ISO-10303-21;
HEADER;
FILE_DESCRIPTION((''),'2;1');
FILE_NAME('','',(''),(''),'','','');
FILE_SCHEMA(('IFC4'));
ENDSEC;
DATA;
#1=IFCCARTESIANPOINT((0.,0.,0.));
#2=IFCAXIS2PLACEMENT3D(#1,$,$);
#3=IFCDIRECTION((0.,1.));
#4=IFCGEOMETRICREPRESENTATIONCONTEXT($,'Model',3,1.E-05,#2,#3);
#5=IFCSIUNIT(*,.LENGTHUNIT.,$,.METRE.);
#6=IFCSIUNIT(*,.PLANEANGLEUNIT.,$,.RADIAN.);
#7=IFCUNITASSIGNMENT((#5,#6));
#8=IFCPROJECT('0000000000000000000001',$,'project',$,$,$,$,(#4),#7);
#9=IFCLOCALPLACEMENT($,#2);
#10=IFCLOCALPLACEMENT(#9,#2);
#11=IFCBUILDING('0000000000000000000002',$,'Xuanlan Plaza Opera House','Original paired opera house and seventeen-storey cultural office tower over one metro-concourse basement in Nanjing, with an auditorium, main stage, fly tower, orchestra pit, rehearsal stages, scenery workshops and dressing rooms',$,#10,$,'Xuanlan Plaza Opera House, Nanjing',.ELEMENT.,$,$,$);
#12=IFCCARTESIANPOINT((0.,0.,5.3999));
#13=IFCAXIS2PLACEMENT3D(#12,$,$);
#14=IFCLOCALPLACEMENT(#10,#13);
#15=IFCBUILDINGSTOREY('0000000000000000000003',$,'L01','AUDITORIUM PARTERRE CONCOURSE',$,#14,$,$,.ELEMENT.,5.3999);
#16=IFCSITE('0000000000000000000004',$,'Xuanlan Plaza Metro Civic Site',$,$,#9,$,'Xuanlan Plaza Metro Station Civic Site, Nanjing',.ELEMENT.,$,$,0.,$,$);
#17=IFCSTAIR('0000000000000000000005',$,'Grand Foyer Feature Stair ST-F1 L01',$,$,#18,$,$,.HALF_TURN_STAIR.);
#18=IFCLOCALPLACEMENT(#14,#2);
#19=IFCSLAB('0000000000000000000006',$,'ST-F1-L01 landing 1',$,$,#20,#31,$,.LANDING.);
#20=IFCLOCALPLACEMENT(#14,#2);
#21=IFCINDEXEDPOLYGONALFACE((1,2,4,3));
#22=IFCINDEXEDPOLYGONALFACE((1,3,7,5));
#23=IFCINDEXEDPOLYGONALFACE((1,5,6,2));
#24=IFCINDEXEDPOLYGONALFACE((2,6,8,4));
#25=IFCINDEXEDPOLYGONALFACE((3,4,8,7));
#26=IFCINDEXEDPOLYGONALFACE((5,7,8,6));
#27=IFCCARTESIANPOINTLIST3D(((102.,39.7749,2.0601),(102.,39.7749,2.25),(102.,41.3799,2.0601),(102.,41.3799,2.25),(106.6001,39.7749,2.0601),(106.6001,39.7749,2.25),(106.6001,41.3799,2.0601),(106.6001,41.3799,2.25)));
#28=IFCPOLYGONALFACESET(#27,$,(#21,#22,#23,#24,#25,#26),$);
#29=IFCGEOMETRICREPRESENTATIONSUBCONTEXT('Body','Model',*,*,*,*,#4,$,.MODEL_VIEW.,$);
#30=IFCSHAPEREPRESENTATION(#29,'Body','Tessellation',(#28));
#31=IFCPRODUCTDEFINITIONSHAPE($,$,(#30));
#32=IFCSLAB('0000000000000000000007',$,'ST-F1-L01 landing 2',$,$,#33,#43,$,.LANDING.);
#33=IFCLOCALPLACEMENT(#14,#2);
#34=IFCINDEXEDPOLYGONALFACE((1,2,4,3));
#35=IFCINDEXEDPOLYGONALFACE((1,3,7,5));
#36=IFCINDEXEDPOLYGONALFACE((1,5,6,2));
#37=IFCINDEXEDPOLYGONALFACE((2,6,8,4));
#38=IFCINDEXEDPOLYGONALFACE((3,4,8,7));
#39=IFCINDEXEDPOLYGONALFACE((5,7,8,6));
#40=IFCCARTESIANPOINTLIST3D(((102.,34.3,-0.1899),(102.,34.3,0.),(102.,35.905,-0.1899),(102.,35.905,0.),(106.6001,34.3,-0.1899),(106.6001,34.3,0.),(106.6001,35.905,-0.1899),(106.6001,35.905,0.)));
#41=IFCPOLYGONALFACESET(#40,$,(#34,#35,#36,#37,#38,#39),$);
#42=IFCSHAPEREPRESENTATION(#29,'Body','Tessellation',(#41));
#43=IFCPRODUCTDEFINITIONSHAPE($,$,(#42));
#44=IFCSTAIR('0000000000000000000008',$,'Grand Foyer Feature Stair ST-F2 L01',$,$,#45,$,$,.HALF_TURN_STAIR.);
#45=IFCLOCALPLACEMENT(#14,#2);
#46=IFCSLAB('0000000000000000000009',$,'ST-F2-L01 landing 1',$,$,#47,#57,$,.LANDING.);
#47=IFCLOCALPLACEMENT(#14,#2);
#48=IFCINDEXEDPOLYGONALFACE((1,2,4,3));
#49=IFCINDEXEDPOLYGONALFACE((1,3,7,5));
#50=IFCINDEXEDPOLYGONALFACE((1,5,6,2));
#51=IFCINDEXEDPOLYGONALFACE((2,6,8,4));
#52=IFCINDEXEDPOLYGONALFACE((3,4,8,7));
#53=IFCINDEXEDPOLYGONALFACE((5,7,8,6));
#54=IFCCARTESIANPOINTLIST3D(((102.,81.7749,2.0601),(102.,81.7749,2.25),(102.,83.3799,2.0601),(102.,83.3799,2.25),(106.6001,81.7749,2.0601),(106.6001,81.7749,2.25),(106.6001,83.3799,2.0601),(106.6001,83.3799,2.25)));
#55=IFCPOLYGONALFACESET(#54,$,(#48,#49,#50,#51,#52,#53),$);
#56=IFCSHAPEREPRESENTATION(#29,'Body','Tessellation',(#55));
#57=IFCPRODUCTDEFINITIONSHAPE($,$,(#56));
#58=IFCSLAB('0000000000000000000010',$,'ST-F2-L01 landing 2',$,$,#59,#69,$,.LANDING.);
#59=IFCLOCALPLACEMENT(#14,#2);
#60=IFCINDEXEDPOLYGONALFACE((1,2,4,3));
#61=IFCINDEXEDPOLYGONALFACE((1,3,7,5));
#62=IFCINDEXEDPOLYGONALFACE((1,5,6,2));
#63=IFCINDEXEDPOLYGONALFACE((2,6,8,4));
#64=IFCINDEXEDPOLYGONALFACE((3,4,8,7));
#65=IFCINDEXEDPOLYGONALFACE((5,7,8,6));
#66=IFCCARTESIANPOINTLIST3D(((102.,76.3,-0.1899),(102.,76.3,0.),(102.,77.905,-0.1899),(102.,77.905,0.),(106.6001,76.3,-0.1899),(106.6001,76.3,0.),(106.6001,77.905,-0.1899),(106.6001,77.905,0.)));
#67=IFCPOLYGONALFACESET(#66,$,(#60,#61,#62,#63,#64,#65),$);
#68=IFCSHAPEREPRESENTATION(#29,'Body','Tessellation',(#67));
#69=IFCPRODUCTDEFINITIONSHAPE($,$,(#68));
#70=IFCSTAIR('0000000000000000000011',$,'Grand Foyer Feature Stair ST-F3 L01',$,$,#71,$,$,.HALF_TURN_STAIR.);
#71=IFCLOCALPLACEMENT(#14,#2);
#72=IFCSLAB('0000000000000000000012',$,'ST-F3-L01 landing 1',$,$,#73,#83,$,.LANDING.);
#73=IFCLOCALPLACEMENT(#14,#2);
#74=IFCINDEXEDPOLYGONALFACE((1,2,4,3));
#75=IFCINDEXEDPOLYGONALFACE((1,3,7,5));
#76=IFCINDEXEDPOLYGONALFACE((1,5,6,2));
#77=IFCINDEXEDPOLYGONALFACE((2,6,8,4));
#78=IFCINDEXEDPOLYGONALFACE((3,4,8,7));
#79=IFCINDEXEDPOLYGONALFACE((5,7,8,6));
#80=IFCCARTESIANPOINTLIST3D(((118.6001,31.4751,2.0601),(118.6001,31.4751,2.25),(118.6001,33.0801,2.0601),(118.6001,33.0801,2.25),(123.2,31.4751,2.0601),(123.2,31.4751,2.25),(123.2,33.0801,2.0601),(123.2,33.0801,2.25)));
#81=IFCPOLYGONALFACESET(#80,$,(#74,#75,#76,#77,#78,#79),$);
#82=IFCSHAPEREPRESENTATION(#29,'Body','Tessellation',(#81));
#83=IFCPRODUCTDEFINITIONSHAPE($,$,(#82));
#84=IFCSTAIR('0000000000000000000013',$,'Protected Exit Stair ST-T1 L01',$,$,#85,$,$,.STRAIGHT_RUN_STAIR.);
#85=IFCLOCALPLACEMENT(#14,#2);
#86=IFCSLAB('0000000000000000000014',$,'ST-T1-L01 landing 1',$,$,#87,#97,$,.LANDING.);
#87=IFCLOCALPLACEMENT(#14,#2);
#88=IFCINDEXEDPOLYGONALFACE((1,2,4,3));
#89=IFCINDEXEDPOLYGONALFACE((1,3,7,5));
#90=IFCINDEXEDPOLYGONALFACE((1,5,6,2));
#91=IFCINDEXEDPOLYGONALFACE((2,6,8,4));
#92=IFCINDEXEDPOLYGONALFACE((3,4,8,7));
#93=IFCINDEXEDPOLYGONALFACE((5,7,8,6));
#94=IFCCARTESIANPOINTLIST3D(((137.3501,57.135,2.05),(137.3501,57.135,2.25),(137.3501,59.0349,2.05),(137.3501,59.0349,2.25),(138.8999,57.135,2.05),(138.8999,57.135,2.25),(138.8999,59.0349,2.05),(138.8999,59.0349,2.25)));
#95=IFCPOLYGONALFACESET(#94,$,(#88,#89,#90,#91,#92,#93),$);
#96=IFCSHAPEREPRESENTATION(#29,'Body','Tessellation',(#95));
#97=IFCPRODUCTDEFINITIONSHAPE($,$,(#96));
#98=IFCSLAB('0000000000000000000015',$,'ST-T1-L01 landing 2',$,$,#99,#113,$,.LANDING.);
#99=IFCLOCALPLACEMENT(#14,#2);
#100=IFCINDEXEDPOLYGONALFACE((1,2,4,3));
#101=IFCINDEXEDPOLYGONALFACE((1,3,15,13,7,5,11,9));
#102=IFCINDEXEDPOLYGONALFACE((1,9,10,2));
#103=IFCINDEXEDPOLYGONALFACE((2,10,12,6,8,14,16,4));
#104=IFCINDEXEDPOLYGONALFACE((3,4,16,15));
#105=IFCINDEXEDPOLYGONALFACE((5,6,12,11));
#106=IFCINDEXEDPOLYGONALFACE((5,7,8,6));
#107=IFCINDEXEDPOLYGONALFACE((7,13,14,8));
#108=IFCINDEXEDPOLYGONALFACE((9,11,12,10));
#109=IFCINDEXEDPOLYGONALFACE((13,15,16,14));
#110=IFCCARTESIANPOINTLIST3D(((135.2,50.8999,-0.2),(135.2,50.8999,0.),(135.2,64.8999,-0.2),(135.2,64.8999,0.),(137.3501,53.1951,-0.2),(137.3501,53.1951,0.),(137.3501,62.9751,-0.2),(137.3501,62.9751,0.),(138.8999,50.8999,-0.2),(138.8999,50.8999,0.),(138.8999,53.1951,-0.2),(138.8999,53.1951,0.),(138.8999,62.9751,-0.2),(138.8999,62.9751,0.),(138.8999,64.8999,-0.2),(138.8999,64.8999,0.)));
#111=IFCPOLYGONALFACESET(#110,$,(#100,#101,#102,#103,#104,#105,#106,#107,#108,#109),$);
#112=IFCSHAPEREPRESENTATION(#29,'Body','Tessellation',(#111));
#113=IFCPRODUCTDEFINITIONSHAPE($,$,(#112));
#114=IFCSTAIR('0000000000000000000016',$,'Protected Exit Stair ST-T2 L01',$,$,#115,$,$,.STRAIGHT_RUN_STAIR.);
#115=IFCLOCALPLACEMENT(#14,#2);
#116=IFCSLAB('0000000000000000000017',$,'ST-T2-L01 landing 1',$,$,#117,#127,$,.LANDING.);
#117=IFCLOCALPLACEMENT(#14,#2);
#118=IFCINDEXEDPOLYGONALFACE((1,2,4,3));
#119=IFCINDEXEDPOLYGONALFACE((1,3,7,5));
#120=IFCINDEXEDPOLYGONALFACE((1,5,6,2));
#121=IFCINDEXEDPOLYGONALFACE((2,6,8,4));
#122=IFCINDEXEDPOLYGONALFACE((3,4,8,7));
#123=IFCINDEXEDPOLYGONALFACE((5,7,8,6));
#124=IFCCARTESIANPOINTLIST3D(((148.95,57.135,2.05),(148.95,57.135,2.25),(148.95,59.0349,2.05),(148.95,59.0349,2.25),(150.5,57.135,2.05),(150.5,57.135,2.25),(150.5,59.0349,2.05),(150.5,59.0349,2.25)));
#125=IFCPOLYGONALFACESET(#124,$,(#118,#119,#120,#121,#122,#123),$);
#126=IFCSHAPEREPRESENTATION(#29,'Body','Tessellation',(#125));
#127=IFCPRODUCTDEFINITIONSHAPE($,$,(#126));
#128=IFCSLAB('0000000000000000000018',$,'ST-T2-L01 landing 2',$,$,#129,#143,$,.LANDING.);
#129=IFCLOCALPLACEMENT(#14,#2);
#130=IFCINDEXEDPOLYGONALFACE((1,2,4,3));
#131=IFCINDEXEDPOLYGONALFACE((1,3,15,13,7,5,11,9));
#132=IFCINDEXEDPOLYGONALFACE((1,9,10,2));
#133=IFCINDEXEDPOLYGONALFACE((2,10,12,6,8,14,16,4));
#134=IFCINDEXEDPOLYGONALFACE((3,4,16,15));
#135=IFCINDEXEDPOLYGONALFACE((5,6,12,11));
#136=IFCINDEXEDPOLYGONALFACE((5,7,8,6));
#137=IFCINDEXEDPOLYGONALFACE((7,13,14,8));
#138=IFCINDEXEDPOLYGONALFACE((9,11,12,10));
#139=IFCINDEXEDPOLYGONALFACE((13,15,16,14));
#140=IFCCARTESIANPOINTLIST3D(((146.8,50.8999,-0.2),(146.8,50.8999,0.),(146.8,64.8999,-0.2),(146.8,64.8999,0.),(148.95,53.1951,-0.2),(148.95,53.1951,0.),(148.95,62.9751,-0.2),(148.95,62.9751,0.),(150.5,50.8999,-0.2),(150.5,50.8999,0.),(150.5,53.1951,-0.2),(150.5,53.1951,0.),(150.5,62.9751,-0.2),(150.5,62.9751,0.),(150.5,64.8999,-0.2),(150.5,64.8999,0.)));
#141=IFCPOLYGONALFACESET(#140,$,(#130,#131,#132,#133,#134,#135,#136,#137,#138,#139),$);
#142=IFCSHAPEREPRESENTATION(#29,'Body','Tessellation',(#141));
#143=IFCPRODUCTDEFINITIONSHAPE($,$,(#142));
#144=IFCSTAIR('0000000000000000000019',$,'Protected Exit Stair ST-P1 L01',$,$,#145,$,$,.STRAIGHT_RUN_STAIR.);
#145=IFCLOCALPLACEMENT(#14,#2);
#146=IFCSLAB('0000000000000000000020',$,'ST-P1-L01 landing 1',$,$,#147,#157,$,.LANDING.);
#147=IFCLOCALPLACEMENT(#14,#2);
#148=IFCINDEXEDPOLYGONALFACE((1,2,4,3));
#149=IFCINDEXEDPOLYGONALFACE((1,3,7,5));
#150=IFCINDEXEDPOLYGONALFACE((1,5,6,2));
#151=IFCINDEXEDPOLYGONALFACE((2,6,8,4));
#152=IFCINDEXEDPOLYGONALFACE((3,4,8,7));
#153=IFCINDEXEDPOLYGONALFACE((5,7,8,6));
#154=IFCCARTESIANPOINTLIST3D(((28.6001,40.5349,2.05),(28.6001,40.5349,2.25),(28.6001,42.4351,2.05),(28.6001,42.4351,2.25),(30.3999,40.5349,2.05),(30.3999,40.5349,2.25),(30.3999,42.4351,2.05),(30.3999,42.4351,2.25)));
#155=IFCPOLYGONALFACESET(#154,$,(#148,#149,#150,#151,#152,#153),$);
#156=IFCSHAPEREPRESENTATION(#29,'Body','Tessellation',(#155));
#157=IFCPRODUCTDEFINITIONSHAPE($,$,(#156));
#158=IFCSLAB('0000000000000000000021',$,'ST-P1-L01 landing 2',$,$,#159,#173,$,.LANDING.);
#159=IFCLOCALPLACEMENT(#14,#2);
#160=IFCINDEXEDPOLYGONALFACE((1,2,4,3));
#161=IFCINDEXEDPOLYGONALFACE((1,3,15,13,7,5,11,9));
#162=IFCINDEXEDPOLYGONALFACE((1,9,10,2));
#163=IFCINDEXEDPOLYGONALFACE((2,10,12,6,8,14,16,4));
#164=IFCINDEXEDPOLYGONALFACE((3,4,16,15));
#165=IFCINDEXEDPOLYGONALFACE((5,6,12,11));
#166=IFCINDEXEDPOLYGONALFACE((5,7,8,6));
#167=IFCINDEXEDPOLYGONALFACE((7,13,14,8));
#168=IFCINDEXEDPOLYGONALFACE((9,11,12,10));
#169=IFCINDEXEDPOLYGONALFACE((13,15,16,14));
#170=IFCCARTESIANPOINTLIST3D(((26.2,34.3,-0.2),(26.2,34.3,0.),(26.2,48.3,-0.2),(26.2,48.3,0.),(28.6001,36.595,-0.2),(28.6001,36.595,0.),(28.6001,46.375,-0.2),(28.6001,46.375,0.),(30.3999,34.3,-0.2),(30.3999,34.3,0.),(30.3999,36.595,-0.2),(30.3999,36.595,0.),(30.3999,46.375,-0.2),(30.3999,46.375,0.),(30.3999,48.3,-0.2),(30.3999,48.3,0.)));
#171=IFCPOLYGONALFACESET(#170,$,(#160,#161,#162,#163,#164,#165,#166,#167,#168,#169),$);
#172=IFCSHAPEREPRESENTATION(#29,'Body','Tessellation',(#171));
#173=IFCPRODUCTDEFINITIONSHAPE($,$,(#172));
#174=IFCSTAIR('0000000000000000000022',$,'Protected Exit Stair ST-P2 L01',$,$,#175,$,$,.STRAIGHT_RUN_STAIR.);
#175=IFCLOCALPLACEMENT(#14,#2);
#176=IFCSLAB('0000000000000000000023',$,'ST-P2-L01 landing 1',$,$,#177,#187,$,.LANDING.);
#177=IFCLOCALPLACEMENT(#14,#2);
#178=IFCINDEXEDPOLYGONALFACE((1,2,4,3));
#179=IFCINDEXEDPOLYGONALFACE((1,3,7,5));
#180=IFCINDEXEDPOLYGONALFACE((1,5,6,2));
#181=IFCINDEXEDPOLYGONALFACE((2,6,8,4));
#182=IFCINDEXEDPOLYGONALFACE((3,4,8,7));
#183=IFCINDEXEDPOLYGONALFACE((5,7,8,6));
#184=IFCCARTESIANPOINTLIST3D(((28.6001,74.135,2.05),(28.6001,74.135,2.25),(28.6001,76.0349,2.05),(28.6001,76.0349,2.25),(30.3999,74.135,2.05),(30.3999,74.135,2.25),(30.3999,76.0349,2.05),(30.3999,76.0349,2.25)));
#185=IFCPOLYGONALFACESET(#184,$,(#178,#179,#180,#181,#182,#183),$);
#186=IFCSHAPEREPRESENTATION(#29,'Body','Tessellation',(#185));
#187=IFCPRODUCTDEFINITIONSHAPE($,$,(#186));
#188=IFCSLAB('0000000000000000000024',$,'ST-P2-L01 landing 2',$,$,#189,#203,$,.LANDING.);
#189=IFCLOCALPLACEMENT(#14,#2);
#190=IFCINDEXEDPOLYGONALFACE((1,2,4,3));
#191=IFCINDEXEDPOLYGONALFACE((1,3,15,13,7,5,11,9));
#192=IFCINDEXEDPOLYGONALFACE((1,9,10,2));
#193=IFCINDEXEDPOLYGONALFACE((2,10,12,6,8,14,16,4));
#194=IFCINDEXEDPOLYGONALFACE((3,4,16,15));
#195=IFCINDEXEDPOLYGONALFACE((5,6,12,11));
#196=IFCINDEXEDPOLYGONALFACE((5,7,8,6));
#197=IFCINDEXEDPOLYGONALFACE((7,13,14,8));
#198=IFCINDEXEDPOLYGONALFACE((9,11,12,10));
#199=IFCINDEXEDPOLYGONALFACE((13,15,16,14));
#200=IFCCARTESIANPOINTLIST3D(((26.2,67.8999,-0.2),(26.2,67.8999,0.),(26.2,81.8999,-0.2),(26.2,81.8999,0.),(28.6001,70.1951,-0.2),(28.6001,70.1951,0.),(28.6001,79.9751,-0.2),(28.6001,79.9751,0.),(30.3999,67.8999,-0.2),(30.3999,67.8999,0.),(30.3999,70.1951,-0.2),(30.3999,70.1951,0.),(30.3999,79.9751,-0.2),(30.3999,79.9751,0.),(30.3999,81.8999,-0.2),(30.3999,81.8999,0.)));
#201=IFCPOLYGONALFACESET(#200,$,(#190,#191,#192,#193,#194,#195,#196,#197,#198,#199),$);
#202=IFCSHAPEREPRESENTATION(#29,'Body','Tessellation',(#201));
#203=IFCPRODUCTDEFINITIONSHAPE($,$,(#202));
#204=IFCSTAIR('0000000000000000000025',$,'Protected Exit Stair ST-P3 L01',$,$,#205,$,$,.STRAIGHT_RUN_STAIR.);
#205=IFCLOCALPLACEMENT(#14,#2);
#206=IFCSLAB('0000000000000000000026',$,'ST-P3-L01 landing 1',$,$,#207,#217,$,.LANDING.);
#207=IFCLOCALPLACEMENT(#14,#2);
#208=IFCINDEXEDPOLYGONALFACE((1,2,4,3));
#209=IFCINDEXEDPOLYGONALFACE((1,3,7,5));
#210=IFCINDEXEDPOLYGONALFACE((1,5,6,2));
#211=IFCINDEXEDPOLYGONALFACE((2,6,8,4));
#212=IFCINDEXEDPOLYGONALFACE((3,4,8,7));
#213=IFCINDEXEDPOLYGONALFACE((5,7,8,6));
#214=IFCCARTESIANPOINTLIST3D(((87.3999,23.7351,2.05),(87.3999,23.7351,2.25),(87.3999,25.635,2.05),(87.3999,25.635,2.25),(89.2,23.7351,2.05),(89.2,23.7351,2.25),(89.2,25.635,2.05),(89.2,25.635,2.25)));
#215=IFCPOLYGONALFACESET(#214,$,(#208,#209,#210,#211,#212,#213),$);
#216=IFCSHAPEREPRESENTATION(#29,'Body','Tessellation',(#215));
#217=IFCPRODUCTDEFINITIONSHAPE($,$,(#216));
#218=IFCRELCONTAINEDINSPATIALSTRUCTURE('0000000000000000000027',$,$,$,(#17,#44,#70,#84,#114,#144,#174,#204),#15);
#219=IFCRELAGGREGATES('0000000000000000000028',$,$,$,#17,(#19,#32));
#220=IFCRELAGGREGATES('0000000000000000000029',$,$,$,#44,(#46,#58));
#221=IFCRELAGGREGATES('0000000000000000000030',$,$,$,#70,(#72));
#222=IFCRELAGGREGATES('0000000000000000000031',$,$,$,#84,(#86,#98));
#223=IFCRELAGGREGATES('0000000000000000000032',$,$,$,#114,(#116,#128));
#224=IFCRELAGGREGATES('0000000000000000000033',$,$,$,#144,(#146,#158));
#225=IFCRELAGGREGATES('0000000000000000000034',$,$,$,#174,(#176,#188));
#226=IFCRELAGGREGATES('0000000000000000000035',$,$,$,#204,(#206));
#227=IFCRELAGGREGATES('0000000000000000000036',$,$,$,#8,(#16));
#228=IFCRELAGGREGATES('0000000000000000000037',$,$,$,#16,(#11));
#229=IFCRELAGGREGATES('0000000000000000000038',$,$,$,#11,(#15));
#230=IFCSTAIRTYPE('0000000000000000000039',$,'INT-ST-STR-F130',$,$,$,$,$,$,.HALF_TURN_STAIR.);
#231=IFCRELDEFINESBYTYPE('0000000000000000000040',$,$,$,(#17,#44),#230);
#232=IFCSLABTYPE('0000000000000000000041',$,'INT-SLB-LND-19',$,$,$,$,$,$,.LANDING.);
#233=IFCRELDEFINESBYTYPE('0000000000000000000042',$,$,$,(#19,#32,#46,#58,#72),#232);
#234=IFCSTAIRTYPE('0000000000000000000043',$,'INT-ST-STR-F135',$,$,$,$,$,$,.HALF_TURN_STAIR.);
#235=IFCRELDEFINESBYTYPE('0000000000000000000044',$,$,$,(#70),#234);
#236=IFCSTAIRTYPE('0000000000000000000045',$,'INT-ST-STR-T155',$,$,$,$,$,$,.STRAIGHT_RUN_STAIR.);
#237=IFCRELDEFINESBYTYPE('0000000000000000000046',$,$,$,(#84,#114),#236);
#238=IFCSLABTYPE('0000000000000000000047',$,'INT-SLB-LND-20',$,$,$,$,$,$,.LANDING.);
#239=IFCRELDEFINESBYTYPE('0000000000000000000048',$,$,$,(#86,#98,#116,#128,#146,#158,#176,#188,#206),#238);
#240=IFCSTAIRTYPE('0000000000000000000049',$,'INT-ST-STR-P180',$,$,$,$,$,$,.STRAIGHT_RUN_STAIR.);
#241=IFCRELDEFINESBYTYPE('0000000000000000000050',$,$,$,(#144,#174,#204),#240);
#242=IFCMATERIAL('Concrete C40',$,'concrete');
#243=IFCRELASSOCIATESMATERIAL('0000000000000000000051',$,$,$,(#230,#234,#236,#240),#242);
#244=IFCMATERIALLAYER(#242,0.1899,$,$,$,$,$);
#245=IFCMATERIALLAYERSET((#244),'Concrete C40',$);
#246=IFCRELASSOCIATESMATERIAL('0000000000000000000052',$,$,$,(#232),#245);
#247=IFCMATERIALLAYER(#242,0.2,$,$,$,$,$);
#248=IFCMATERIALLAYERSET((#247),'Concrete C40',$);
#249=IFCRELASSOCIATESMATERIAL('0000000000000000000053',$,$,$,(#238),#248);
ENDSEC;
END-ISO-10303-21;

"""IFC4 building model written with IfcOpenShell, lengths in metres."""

from ifc_helpers import new_model, si_unit, direction, frame, origin, place, context, subcontext, project, spatial, polyline, outline, extrude, material, layer, layer_set, type_object, element, aggregate, save


model = new_model("IFC4")

# Units and contexts
model_context = context("Model", 3, precision=1e-05, world=origin(), true_north=direction((0.0, 1.0)))
body_context = subcontext(model_context, "Body", "Model", "MODEL_VIEW")
ifc_project = project(units=[si_unit("LENGTHUNIT", "METRE"), si_unit("PLANEANGLEUNIT", "RADIAN")], contexts=[model_context])

# Site, building, storey
site_placement = place(None, origin())
site = spatial("IfcSite", under=ifc_project, at=site_placement, Name="Xuanlan Plaza Metro Civic Site", LongName="Xuanlan Plaza Metro Station Civic Site, Nanjing", CompositionType="ELEMENT", RefElevation=0.0)
building_placement = place(site_placement, origin())
building = spatial("IfcBuilding", under=site, at=building_placement, Name="Xuanlan Plaza Opera House", Description="Original paired opera house and seventeen-storey cultural office tower over one metro-concourse basement in Nanjing, with an auditorium, main stage, fly tower, orchestra pit, rehearsal stages, scenery workshops and dressing rooms", LongName="Xuanlan Plaza Opera House, Nanjing", CompositionType="ELEMENT")
storey_placement = place(building_placement, frame((0.0, 0.0, 5.3999)))
storey = spatial("IfcBuildingStorey", under=building, at=storey_placement, Name="L01", Description="AUDITORIUM PARTERRE CONCOURSE", CompositionType="ELEMENT", Elevation=5.3999)

# Stairs, slabs
ifc_material = material(Name="Concrete C40", Category="concrete")
stair_type_1 = type_object("IfcStairType", Name="INT-ST-STR-F130", PredefinedType="HALF_TURN_STAIR", material=ifc_material)
stair_1_placement = place(storey_placement, origin())
stair_1 = element("IfcStair", 1, at=stair_1_placement, inside=storey, type_object=stair_type_1, Name="Grand Foyer Feature Stair ST-F1 L01", PredefinedType="HALF_TURN_STAIR")
ifc_layer_1 = layer(ifc_material, 0.1899)
ifc_layer_set_1 = layer_set([ifc_layer_1], Name="Concrete C40")
slab_type_1 = type_object("IfcSlabType", Name="INT-SLB-LND-19", PredefinedType="LANDING", material=ifc_layer_set_1)
slab_1_placement = place(storey_placement, frame((0.0, 0.0, 2.0601)))
slab_1 = element("IfcSlab", 2, at=slab_1_placement, type_object=slab_type_1, Name="ST-F1-L01 landing 1", PredefinedType="LANDING", context=body_context, shape_type="SweptSolid", body=[
    extrude(outline(polyline([(102.0, 39.7749), (106.6001, 39.7749), (106.6001, 41.3799), (102.0, 41.3799), (102.0, 39.7749)])), origin(), (0.0, 0.0, 1.0), 0.1899),
])
slab_2_placement = place(storey_placement, frame((0.0, 0.0, -0.1899)))
slab_2 = element("IfcSlab", 3, at=slab_2_placement, type_object=slab_type_1, Name="ST-F1-L01 landing 2", PredefinedType="LANDING", context=body_context, shape_type="SweptSolid", body=[
    extrude(outline(polyline([(102.0, 34.3), (106.6001, 34.3), (106.6001, 35.905), (102.0, 35.905), (102.0, 34.3)])), origin(), (0.0, 0.0, 1.0), 0.1899),
])
aggregate(stair_1, [slab_1, slab_2])
stair_2_placement = place(storey_placement, origin())
stair_2 = element("IfcStair", 4, at=stair_2_placement, inside=storey, type_object=stair_type_1, Name="Grand Foyer Feature Stair ST-F2 L01", PredefinedType="HALF_TURN_STAIR")
slab_3_placement = place(storey_placement, frame((0.0, 0.0, 2.0601)))
slab_3 = element("IfcSlab", 5, at=slab_3_placement, type_object=slab_type_1, Name="ST-F2-L01 landing 1", PredefinedType="LANDING", context=body_context, shape_type="SweptSolid", body=[
    extrude(outline(polyline([(102.0, 81.7749), (106.6001, 81.7749), (106.6001, 83.3799), (102.0, 83.3799), (102.0, 81.7749)])), origin(), (0.0, 0.0, 1.0), 0.1899),
])
slab_4_placement = place(storey_placement, frame((0.0, 0.0, -0.1899)))
slab_4 = element("IfcSlab", 6, at=slab_4_placement, type_object=slab_type_1, Name="ST-F2-L01 landing 2", PredefinedType="LANDING", context=body_context, shape_type="SweptSolid", body=[
    extrude(outline(polyline([(102.0, 76.3), (106.6001, 76.3), (106.6001, 77.905), (102.0, 77.905), (102.0, 76.3)])), origin(), (0.0, 0.0, 1.0), 0.1899),
])
aggregate(stair_2, [slab_3, slab_4])

# Stair, slab
stair_type_2 = type_object("IfcStairType", Name="INT-ST-STR-F135", PredefinedType="HALF_TURN_STAIR", material=ifc_material)
stair_3_placement = place(storey_placement, origin())
stair_3 = element("IfcStair", 7, at=stair_3_placement, inside=storey, type_object=stair_type_2, Name="Grand Foyer Feature Stair ST-F3 L01", PredefinedType="HALF_TURN_STAIR")
slab_5_placement = place(storey_placement, frame((0.0, 0.0, 2.0601)))
slab_5 = element("IfcSlab", 8, at=slab_5_placement, type_object=slab_type_1, Name="ST-F3-L01 landing 1", PredefinedType="LANDING", context=body_context, shape_type="SweptSolid", body=[
    extrude(outline(polyline([(118.6001, 31.4751), (123.2, 31.4751), (123.2, 33.0801), (118.6001, 33.0801), (118.6001, 31.4751)])), origin(), (0.0, 0.0, 1.0), 0.1899),
])
aggregate(stair_3, [slab_5])

# Stairs, slabs
stair_type_3 = type_object("IfcStairType", Name="INT-ST-STR-T155", PredefinedType="STRAIGHT_RUN_STAIR", material=ifc_material)
stair_4_placement = place(storey_placement, origin())
stair_4 = element("IfcStair", 9, at=stair_4_placement, inside=storey, type_object=stair_type_3, Name="Protected Exit Stair ST-T1 L01", PredefinedType="STRAIGHT_RUN_STAIR")
ifc_layer_2 = layer(ifc_material, 0.2)
ifc_layer_set_2 = layer_set([ifc_layer_2], Name="Concrete C40")
slab_type_2 = type_object("IfcSlabType", Name="INT-SLB-LND-20", PredefinedType="LANDING", material=ifc_layer_set_2)
slab_6_placement = place(storey_placement, frame((0.0, 0.0, 2.05)))
slab_6 = element("IfcSlab", 10, at=slab_6_placement, type_object=slab_type_2, Name="ST-T1-L01 landing 1", PredefinedType="LANDING", context=body_context, shape_type="SweptSolid", body=[
    extrude(outline(polyline([(137.3501, 57.135), (138.8999, 57.135), (138.8999, 59.0349), (137.3501, 59.0349), (137.3501, 57.135)])), origin(), (0.0, 0.0, 1.0), 0.2),
])
slab_7_placement = place(storey_placement, frame((0.0, 0.0, -0.2)))
slab_7 = element("IfcSlab", 11, at=slab_7_placement, type_object=slab_type_2, Name="ST-T1-L01 landing 2", PredefinedType="LANDING", context=body_context, shape_type="SweptSolid", body=[
    extrude(outline(polyline([(135.2, 50.8999), (138.8999, 50.8999), (138.8999, 53.1951), (137.3501, 53.1951), (137.3501, 62.9751), (138.8999, 62.9751), (138.8999, 64.8999), (135.2, 64.8999), (135.2, 50.8999)])), origin(), (0.0, 0.0, 1.0), 0.2),
])
aggregate(stair_4, [slab_6, slab_7])
stair_5_placement = place(storey_placement, origin())
stair_5 = element("IfcStair", 12, at=stair_5_placement, inside=storey, type_object=stair_type_3, Name="Protected Exit Stair ST-T2 L01", PredefinedType="STRAIGHT_RUN_STAIR")
slab_8_placement = place(storey_placement, frame((0.0, 0.0, 2.05)))
slab_8 = element("IfcSlab", 13, at=slab_8_placement, type_object=slab_type_2, Name="ST-T2-L01 landing 1", PredefinedType="LANDING", context=body_context, shape_type="SweptSolid", body=[
    extrude(outline(polyline([(148.95, 57.135), (150.5, 57.135), (150.5, 59.0349), (148.95, 59.0349), (148.95, 57.135)])), origin(), (0.0, 0.0, 1.0), 0.2),
])
slab_9_placement = place(storey_placement, frame((0.0, 0.0, -0.2)))
slab_9 = element("IfcSlab", 14, at=slab_9_placement, type_object=slab_type_2, Name="ST-T2-L01 landing 2", PredefinedType="LANDING", context=body_context, shape_type="SweptSolid", body=[
    extrude(outline(polyline([(146.8, 50.8999), (150.5, 50.8999), (150.5, 53.1951), (148.95, 53.1951), (148.95, 62.9751), (150.5, 62.9751), (150.5, 64.8999), (146.8, 64.8999), (146.8, 50.8999)])), origin(), (0.0, 0.0, 1.0), 0.2),
])
aggregate(stair_5, [slab_8, slab_9])
stair_type_4 = type_object("IfcStairType", Name="INT-ST-STR-P180", PredefinedType="STRAIGHT_RUN_STAIR", material=ifc_material)
stair_6_placement = place(storey_placement, origin())
stair_6 = element("IfcStair", 15, at=stair_6_placement, inside=storey, type_object=stair_type_4, Name="Protected Exit Stair ST-P1 L01", PredefinedType="STRAIGHT_RUN_STAIR")
slab_10_placement = place(storey_placement, frame((0.0, 0.0, 2.05)))
slab_10 = element("IfcSlab", 16, at=slab_10_placement, type_object=slab_type_2, Name="ST-P1-L01 landing 1", PredefinedType="LANDING", context=body_context, shape_type="SweptSolid", body=[
    extrude(outline(polyline([(28.6001, 40.5349), (30.3999, 40.5349), (30.3999, 42.4351), (28.6001, 42.4351), (28.6001, 40.5349)])), origin(), (0.0, 0.0, 1.0), 0.2),
])
slab_11_placement = place(storey_placement, frame((0.0, 0.0, -0.2)))
slab_11 = element("IfcSlab", 17, at=slab_11_placement, type_object=slab_type_2, Name="ST-P1-L01 landing 2", PredefinedType="LANDING", context=body_context, shape_type="SweptSolid", body=[
    extrude(outline(polyline([(26.2, 34.3), (30.3999, 34.3), (30.3999, 36.595), (28.6001, 36.595), (28.6001, 46.375), (30.3999, 46.375), (30.3999, 48.3), (26.2, 48.3), (26.2, 34.3)])), origin(), (0.0, 0.0, 1.0), 0.2),
])
aggregate(stair_6, [slab_10, slab_11])
stair_7_placement = place(storey_placement, origin())
stair_7 = element("IfcStair", 18, at=stair_7_placement, inside=storey, type_object=stair_type_4, Name="Protected Exit Stair ST-P2 L01", PredefinedType="STRAIGHT_RUN_STAIR")
slab_12_placement = place(storey_placement, frame((0.0, 0.0, 2.05)))
slab_12 = element("IfcSlab", 19, at=slab_12_placement, type_object=slab_type_2, Name="ST-P2-L01 landing 1", PredefinedType="LANDING", context=body_context, shape_type="SweptSolid", body=[
    extrude(outline(polyline([(28.6001, 74.135), (30.3999, 74.135), (30.3999, 76.0349), (28.6001, 76.0349), (28.6001, 74.135)])), origin(), (0.0, 0.0, 1.0), 0.2),
])
slab_13_placement = place(storey_placement, frame((0.0, 0.0, -0.2)))
slab_13 = element("IfcSlab", 20, at=slab_13_placement, type_object=slab_type_2, Name="ST-P2-L01 landing 2", PredefinedType="LANDING", context=body_context, shape_type="SweptSolid", body=[
    extrude(outline(polyline([(26.2, 67.8999), (30.3999, 67.8999), (30.3999, 70.1951), (28.6001, 70.1951), (28.6001, 79.9751), (30.3999, 79.9751), (30.3999, 81.8999), (26.2, 81.8999), (26.2, 67.8999)])), origin(), (0.0, 0.0, 1.0), 0.2),
])
aggregate(stair_7, [slab_12, slab_13])
stair_8_placement = place(storey_placement, origin())
stair_8 = element("IfcStair", 21, at=stair_8_placement, inside=storey, type_object=stair_type_4, Name="Protected Exit Stair ST-P3 L01", PredefinedType="STRAIGHT_RUN_STAIR")
slab_14_placement = place(storey_placement, frame((0.0, 0.0, 2.05)))
slab_14 = element("IfcSlab", 22, at=slab_14_placement, type_object=slab_type_2, Name="ST-P3-L01 landing 1", PredefinedType="LANDING", context=body_context, shape_type="SweptSolid", body=[
    extrude(outline(polyline([(87.3999, 23.7351), (89.2, 23.7351), (89.2, 25.635), (87.3999, 25.635), (87.3999, 23.7351)])), origin(), (0.0, 0.0, 1.0), 0.2),
])
aggregate(stair_8, [slab_14])

save(model, "model.ifc")
